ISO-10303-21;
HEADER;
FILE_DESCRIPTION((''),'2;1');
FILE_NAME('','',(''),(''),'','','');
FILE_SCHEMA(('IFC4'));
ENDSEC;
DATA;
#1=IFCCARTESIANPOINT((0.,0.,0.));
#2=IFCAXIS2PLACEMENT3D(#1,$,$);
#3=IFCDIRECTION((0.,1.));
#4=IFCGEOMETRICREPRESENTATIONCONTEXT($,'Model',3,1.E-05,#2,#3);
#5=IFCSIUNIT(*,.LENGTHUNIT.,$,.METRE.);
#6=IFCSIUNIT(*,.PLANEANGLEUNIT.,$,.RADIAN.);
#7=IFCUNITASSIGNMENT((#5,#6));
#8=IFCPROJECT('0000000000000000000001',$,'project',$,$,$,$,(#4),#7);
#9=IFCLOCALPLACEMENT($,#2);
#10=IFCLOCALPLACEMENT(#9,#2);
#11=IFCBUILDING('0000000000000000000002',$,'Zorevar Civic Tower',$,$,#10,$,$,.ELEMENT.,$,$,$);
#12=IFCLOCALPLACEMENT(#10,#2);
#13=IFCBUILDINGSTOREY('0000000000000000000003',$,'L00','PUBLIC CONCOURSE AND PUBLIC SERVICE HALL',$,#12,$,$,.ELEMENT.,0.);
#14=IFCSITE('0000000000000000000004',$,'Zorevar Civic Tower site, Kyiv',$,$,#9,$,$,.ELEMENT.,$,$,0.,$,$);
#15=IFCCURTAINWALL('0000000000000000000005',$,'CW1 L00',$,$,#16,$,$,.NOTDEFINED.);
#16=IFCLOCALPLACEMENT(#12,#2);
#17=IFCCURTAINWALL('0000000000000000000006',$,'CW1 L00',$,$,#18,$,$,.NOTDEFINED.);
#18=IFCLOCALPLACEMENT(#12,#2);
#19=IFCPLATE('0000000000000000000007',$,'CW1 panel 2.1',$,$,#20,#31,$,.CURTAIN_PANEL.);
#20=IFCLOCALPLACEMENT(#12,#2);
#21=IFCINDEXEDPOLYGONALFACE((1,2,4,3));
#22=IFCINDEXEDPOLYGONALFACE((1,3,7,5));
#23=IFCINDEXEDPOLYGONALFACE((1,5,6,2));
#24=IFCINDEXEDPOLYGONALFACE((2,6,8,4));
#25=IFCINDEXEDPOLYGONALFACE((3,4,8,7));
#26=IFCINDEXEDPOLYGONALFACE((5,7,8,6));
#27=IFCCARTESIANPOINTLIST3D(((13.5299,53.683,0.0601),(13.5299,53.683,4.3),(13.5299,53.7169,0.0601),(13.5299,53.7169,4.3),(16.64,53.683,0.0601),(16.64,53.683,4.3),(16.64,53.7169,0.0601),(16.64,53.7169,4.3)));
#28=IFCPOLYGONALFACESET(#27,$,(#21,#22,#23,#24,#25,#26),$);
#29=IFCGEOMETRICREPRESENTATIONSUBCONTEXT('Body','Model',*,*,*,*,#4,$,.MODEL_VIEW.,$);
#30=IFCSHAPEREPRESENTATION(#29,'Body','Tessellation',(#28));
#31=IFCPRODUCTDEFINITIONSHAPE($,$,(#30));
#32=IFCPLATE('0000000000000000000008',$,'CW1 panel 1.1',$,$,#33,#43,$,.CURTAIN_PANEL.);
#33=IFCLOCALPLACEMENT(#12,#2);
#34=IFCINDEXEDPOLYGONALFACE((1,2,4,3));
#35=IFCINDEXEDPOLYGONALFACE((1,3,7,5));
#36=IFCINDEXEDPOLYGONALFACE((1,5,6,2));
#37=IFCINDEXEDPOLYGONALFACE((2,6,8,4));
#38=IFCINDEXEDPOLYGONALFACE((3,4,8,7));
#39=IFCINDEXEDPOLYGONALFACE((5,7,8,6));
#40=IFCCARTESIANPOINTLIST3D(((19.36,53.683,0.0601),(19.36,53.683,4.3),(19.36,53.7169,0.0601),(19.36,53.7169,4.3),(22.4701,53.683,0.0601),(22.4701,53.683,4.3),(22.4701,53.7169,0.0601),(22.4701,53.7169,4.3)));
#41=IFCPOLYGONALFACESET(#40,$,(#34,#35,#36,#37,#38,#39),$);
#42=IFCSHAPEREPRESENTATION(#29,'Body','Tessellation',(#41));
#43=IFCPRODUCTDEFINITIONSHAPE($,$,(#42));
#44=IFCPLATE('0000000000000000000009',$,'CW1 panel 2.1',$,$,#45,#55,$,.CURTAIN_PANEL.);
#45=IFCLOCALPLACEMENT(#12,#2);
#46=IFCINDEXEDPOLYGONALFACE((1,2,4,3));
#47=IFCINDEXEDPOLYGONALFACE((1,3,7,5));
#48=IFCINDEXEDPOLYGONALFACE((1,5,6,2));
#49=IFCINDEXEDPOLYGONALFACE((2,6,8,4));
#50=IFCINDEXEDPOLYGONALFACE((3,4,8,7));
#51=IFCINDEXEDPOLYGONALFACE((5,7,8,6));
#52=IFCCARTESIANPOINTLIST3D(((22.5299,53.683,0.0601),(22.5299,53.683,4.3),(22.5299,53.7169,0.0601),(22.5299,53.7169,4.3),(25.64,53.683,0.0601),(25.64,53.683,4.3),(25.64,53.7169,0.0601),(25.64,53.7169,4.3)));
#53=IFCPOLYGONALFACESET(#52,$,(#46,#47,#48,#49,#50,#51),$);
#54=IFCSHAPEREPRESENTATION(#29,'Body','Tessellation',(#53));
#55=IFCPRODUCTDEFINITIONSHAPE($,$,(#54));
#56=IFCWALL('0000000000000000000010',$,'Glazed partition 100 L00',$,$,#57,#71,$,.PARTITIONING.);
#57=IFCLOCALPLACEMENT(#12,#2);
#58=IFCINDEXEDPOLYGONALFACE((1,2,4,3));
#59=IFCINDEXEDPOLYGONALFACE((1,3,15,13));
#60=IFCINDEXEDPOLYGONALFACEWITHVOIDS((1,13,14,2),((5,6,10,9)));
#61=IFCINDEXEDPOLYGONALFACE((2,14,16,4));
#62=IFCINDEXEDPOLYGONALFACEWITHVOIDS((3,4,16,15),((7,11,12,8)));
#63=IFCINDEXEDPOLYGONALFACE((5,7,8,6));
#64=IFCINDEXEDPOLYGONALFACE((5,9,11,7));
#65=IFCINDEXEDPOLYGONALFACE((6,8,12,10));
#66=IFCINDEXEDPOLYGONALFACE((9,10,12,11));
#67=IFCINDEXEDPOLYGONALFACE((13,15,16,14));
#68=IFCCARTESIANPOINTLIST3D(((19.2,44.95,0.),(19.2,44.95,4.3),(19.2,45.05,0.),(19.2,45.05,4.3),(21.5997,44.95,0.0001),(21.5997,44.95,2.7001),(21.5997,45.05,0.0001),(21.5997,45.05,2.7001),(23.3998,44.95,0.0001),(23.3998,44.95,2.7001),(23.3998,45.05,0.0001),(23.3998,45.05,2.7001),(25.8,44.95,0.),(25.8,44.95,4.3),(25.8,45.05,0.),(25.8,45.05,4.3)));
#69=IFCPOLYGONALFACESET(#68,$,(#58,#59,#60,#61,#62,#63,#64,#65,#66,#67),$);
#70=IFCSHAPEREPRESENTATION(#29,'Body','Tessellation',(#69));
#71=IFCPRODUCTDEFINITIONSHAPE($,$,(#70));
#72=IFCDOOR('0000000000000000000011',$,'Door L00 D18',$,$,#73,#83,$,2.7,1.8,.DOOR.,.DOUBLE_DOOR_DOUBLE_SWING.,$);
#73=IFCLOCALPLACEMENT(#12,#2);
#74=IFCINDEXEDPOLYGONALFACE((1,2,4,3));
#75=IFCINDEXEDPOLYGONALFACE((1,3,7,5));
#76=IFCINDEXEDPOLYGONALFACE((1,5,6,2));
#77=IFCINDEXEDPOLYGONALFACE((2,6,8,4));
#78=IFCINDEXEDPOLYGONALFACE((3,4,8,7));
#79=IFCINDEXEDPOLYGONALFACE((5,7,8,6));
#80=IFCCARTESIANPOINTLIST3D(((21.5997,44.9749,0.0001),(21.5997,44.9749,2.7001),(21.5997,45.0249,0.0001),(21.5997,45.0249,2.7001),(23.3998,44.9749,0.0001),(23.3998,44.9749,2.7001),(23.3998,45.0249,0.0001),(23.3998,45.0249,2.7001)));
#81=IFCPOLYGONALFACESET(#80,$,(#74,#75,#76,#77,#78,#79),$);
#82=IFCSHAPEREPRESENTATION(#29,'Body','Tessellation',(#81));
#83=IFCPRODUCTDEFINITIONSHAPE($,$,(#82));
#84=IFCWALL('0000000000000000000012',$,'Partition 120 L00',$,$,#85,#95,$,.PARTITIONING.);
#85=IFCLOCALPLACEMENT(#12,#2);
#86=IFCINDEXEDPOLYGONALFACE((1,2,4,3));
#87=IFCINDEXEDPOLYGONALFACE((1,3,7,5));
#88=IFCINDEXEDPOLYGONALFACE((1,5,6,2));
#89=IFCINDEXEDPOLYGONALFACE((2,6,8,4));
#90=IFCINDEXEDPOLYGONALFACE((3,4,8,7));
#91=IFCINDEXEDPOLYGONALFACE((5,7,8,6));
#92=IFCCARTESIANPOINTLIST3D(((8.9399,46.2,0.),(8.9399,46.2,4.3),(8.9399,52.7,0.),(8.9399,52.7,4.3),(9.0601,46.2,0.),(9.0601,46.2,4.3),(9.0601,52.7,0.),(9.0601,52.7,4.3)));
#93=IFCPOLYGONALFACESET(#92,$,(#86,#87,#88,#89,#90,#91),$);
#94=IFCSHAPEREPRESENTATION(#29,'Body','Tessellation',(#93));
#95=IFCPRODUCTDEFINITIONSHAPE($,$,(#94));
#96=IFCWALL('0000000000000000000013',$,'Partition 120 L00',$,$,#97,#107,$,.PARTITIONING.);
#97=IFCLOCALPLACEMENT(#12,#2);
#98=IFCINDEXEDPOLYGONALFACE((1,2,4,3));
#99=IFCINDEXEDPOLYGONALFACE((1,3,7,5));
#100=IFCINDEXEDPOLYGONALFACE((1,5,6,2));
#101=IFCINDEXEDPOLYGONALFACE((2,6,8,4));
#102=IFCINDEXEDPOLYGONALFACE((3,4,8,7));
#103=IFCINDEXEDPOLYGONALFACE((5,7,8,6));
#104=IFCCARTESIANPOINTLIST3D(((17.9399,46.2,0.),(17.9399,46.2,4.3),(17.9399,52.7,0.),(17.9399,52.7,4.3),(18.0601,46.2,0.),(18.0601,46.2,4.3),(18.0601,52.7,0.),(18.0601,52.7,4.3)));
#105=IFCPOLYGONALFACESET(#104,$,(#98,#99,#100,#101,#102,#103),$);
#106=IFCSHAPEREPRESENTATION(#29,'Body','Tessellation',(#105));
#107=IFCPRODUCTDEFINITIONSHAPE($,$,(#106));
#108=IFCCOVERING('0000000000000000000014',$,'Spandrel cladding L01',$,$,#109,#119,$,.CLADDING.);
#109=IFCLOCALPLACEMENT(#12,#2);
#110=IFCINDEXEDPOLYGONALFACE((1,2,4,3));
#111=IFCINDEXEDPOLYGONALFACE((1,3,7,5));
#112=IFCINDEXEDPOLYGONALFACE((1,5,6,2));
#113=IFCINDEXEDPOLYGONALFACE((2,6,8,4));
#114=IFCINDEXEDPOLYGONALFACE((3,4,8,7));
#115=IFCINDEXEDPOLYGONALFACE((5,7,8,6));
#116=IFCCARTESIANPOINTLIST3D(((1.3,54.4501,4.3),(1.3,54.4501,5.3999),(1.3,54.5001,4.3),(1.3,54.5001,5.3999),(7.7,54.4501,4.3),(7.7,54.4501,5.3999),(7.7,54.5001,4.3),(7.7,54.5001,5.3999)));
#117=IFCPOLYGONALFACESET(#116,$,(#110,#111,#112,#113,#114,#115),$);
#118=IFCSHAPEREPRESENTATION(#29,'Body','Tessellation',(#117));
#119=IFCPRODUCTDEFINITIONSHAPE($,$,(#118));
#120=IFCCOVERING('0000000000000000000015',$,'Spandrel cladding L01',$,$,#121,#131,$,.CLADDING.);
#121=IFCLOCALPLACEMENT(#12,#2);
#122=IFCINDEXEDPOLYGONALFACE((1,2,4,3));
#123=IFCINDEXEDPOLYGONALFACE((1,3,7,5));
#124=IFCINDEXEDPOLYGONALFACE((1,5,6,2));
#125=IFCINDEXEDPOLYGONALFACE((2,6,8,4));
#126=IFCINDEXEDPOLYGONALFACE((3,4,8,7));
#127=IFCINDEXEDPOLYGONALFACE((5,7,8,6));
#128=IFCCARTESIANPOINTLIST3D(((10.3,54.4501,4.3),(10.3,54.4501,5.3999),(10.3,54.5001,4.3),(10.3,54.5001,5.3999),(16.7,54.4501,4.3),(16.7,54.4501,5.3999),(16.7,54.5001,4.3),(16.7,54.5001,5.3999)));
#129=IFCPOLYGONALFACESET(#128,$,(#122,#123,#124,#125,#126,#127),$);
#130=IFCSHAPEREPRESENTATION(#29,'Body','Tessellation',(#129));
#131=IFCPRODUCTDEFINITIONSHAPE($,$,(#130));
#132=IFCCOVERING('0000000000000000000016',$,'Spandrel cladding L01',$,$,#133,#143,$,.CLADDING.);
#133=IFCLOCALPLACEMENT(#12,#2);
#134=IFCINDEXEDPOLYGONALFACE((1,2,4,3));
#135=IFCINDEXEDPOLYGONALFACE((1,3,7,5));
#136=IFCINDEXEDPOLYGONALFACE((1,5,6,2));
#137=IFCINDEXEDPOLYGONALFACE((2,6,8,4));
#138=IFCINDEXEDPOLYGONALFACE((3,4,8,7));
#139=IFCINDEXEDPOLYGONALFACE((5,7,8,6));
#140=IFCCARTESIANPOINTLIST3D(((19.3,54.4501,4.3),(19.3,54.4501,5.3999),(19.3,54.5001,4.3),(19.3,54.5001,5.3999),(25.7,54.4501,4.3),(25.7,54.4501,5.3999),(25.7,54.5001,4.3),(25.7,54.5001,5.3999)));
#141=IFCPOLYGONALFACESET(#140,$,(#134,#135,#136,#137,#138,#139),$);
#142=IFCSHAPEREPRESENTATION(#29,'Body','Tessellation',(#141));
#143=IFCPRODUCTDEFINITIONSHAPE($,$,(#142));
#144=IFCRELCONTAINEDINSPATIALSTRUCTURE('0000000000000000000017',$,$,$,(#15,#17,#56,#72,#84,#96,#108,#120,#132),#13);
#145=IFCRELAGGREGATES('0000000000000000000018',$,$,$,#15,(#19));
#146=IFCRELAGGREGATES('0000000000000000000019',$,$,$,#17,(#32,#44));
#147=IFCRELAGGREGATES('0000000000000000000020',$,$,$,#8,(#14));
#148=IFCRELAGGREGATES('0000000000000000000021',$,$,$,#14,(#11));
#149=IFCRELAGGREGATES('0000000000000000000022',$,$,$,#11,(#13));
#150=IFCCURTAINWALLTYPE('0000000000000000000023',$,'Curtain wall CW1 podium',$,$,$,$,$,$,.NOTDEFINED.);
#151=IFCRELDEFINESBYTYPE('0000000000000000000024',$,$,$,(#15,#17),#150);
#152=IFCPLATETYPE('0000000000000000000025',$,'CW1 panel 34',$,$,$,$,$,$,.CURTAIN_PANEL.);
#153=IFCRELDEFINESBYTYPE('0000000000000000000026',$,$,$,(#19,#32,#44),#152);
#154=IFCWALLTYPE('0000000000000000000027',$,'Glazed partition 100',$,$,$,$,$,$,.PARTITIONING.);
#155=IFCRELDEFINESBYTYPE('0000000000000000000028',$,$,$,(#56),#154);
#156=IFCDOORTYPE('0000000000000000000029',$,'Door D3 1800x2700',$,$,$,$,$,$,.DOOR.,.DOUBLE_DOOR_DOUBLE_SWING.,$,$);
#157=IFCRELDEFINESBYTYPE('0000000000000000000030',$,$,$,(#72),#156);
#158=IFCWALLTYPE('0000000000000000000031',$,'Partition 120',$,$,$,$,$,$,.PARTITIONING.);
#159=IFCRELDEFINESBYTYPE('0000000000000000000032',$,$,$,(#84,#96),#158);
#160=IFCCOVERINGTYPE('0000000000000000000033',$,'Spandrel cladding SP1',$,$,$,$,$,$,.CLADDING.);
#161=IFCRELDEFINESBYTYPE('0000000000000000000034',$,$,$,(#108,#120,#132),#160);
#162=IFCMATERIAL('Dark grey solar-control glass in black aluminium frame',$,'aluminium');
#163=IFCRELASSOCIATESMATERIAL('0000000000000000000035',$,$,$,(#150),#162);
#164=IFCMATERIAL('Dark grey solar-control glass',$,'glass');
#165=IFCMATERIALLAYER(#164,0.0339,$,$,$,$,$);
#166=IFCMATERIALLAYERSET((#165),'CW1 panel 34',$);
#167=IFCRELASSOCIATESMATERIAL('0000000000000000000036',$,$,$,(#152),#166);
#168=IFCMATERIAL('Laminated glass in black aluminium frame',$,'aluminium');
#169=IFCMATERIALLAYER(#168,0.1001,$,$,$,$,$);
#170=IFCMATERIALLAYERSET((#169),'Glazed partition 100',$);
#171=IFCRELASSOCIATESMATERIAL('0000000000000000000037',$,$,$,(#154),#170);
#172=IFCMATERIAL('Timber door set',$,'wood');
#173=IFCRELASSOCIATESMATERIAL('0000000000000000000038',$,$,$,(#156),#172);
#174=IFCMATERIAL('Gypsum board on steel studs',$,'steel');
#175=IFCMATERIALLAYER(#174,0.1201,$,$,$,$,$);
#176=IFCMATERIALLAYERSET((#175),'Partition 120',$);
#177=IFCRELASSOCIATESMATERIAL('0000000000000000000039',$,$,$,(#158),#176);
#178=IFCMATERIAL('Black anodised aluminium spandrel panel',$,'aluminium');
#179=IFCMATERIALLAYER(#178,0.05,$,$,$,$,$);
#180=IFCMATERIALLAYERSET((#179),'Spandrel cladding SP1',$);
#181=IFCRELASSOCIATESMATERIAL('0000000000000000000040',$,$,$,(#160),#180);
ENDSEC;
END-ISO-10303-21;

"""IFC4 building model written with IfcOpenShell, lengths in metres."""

from ifc_helpers import new_model, si_unit, direction, frame, frame_2d, origin, origin_2d, place, context, subcontext, project, spatial, rectangle, extrude, material, layer, layer_set, type_object, element, fill, aggregate, save


model = new_model("IFC4")

# Units and contexts
model_context = context("Model", 3, precision=1e-05, world=origin(), true_north=direction((0.0, 1.0)))
body_context = subcontext(model_context, "Body", "Model", "MODEL_VIEW")
ifc_project = project(units=[si_unit("LENGTHUNIT", "METRE"), si_unit("PLANEANGLEUNIT", "RADIAN")], contexts=[model_context])

# Site, building, storey
site_placement = place(None, origin())
site = spatial("IfcSite", under=ifc_project, at=site_placement, Name="Zorevar Civic Tower site, Kyiv", CompositionType="ELEMENT", RefElevation=0.0)
building_placement = place(site_placement, origin())
building = spatial("IfcBuilding", under=site, at=building_placement, Name="Zorevar Civic Tower", CompositionType="ELEMENT")
storey_placement = place(building_placement, origin())
storey = spatial("IfcBuildingStorey", under=building, at=storey_placement, Name="L00", Description="PUBLIC CONCOURSE AND PUBLIC SERVICE HALL", CompositionType="ELEMENT", Elevation=0.0)

# Curtain walls
ifc_material_1 = material(Name="Dark grey solar-control glass in black aluminium frame", Category="aluminium")
curtain_wall_type = type_object("IfcCurtainWallType", Name="Curtain wall CW1 podium", PredefinedType="NOTDEFINED", material=ifc_material_1)
curtain_wall_1_placement = place(storey_placement, origin())
curtain_wall_1 = element("IfcCurtainWall", 1, at=curtain_wall_1_placement, inside=storey, type_object=curtain_wall_type, Name="CW1 L00", PredefinedType="NOTDEFINED")
curtain_wall_2_placement = place(storey_placement, origin())
curtain_wall_2 = element("IfcCurtainWall", 2, at=curtain_wall_2_placement, inside=storey, type_object=curtain_wall_type, Name="CW1 L00", PredefinedType="NOTDEFINED")

# Plates
ifc_material_2 = material(Name="Dark grey solar-control glass", Category="glass")
ifc_layer_1 = layer(ifc_material_2, 0.0339)
ifc_layer_set_1 = layer_set([ifc_layer_1], Name="CW1 panel 34")
plate_type = type_object("IfcPlateType", Name="CW1 panel 34", PredefinedType="CURTAIN_PANEL", material=ifc_layer_set_1)
plate_1_placement = place(storey_placement, frame((15.085, 53.7, 0.0601), z_axis=(0.0, 0.0, 1.0), x_axis=(1.0, 0.0, 0.0)))
plate_1 = element("IfcPlate", 3, at=plate_1_placement, type_object=plate_type, Name="CW1 panel 2.1", PredefinedType="CURTAIN_PANEL", context=body_context, shape_type="SweptSolid", body=[
    extrude(rectangle(XDim=3.1101, YDim=0.0339, at=origin_2d()), origin(), (0.0, 0.0, 1.0), 4.24),
])
aggregate(curtain_wall_1, [plate_1])
plate_2_placement = place(storey_placement, frame((20.915, 53.7, 0.0601), z_axis=(0.0, 0.0, 1.0), x_axis=(1.0, 0.0, 0.0)))
plate_2 = element("IfcPlate", 4, at=plate_2_placement, type_object=plate_type, Name="CW1 panel 1.1", PredefinedType="CURTAIN_PANEL", context=body_context, shape_type="SweptSolid", body=[
    extrude(rectangle(XDim=3.1101, YDim=0.0339, at=origin_2d()), origin(), (0.0, 0.0, 1.0), 4.24),
])
plate_3_placement = place(storey_placement, frame((24.085, 53.7, 0.0601), z_axis=(0.0, 0.0, 1.0), x_axis=(1.0, 0.0, 0.0)))
plate_3 = element("IfcPlate", 5, at=plate_3_placement, type_object=plate_type, Name="CW1 panel 2.1", PredefinedType="CURTAIN_PANEL", context=body_context, shape_type="SweptSolid", body=[
    extrude(rectangle(XDim=3.1101, YDim=0.0339, at=origin_2d()), origin(), (0.0, 0.0, 1.0), 4.24),
])
aggregate(curtain_wall_2, [plate_2, plate_3])

# Wall, opening, door
ifc_material_3 = material(Name="Laminated glass in black aluminium frame", Category="aluminium")
ifc_layer_2 = layer(ifc_material_3, 0.1001)
ifc_layer_set_2 = layer_set([ifc_layer_2], Name="Glazed partition 100")
wall_type_1 = type_object("IfcWallType", Name="Glazed partition 100", PredefinedType="PARTITIONING", material=ifc_layer_set_2)
wall_placement = place(storey_placement, frame((19.2, 45.0, 0.0), z_axis=(0.0, 0.0, 1.0), x_axis=(1.0, 0.0, 0.0)))
wall = element("IfcWall", 6, at=wall_placement, inside=storey, type_object=wall_type_1, Name="Glazed partition 100 L00", PredefinedType="PARTITIONING", context=body_context, shape_type="SweptSolid", body=[
    extrude(rectangle(XDim=6.6001, YDim=0.1001, at=frame_2d((3.3, 0.0))), origin(), (0.0, 0.0, 1.0), 4.3),
])
opening_placement = place(wall_placement, frame((2.3999, 0.0, 0.0)))
opening = element("IfcOpeningElement", 7, at=opening_placement, cuts=wall, PredefinedType="OPENING", context=body_context, shape_type="SweptSolid", body=[
    extrude(rectangle(XDim=1.8, YDim=2.7, at=frame_2d((0.8999, 1.3501))), frame((0.0, 0.0601, 0.0), z_axis=(0.0, -1.0, 0.0), x_axis=(1.0, 0.0, 0.0)), (0.0, 0.0, 1.0), 0.1201),
])
ifc_material_4 = material(Name="Timber door set", Category="wood")
door_type = type_object("IfcDoorType", Name="Door D3 1800x2700", OperationType="DOUBLE_DOOR_DOUBLE_SWING", PredefinedType="DOOR", material=ifc_material_4)
door_placement = place(opening_placement, origin())
door = element("IfcDoor", 8, at=door_placement, inside=storey, type_object=door_type, Name="Door L00 D18", OperationType="DOUBLE_DOOR_DOUBLE_SWING", OverallHeight=2.7, OverallWidth=1.8, PredefinedType="DOOR", context=body_context, shape_type="SweptSolid", body=[
    extrude(rectangle(XDim=1.8, YDim=2.7, at=frame_2d((0.8999, 1.3501))), frame((0.0, 0.0249, 0.0), z_axis=(0.0, -1.0, 0.0), x_axis=(1.0, 0.0, 0.0)), (0.0, 0.0, 1.0), 0.05),
])
fill(opening, door)

# Walls
ifc_material_5 = material(Name="Gypsum board on steel studs", Category="steel")
ifc_layer_3 = layer(ifc_material_5, 0.1201)
ifc_layer_set_3 = layer_set([ifc_layer_3], Name="Partition 120")
wall_type_2 = type_object("IfcWallType", Name="Partition 120", PredefinedType="PARTITIONING", material=ifc_layer_set_3)
for number, where, z_axis, x_axis, name in (
    (9, (9.0, 46.2, 0.0), (0.0, 0.0, 1.0), (0.0, 1.0, 0.0), "Partition 120 L00"),
    (10, (18.0, 46.2, 0.0), (0.0, 0.0, 1.0), (0.0, 1.0, 0.0), "Partition 120 L00"),
):
    element("IfcWall", number, at=place(storey_placement, frame(where, z_axis=z_axis, x_axis=x_axis)), inside=storey, type_object=wall_type_2, Name=name, PredefinedType="PARTITIONING", context=body_context, shape_type="SweptSolid", body=[
        extrude(rectangle(XDim=6.5, YDim=0.1201, at=frame_2d((3.25, 0.0))), origin(), (0.0, 0.0, 1.0), 4.3),
    ])

# Coverings
ifc_material_6 = material(Name="Black anodised aluminium spandrel panel", Category="aluminium")
ifc_layer_4 = layer(ifc_material_6, 0.05)
ifc_layer_set_4 = layer_set([ifc_layer_4], Name="Spandrel cladding SP1")
covering_type = type_object("IfcCoveringType", Name="Spandrel cladding SP1", PredefinedType="CLADDING", material=ifc_layer_set_4)
for number, where, z_axis, x_axis, name in (
    (11, (1.3, 54.4751, 4.3), (0.0, 0.0, 1.0), (1.0, 0.0, 0.0), "Spandrel cladding L01"),
    (12, (10.3, 54.4751, 4.3), (0.0, 0.0, 1.0), (1.0, 0.0, 0.0), "Spandrel cladding L01"),
    (13, (19.3, 54.4751, 4.3), (0.0, 0.0, 1.0), (1.0, 0.0, 0.0), "Spandrel cladding L01"),
):
    element("IfcCovering", number, at=place(storey_placement, frame(where, z_axis=z_axis, x_axis=x_axis)), inside=storey, type_object=covering_type, Name=name, PredefinedType="CLADDING", context=body_context, shape_type="SweptSolid", body=[
        extrude(rectangle(XDim=6.3999, YDim=0.05, at=frame_2d((3.2, 0.0))), origin(), (0.0, 0.0, 1.0), 1.0999),
    ])

save(model, "model.ifc")
